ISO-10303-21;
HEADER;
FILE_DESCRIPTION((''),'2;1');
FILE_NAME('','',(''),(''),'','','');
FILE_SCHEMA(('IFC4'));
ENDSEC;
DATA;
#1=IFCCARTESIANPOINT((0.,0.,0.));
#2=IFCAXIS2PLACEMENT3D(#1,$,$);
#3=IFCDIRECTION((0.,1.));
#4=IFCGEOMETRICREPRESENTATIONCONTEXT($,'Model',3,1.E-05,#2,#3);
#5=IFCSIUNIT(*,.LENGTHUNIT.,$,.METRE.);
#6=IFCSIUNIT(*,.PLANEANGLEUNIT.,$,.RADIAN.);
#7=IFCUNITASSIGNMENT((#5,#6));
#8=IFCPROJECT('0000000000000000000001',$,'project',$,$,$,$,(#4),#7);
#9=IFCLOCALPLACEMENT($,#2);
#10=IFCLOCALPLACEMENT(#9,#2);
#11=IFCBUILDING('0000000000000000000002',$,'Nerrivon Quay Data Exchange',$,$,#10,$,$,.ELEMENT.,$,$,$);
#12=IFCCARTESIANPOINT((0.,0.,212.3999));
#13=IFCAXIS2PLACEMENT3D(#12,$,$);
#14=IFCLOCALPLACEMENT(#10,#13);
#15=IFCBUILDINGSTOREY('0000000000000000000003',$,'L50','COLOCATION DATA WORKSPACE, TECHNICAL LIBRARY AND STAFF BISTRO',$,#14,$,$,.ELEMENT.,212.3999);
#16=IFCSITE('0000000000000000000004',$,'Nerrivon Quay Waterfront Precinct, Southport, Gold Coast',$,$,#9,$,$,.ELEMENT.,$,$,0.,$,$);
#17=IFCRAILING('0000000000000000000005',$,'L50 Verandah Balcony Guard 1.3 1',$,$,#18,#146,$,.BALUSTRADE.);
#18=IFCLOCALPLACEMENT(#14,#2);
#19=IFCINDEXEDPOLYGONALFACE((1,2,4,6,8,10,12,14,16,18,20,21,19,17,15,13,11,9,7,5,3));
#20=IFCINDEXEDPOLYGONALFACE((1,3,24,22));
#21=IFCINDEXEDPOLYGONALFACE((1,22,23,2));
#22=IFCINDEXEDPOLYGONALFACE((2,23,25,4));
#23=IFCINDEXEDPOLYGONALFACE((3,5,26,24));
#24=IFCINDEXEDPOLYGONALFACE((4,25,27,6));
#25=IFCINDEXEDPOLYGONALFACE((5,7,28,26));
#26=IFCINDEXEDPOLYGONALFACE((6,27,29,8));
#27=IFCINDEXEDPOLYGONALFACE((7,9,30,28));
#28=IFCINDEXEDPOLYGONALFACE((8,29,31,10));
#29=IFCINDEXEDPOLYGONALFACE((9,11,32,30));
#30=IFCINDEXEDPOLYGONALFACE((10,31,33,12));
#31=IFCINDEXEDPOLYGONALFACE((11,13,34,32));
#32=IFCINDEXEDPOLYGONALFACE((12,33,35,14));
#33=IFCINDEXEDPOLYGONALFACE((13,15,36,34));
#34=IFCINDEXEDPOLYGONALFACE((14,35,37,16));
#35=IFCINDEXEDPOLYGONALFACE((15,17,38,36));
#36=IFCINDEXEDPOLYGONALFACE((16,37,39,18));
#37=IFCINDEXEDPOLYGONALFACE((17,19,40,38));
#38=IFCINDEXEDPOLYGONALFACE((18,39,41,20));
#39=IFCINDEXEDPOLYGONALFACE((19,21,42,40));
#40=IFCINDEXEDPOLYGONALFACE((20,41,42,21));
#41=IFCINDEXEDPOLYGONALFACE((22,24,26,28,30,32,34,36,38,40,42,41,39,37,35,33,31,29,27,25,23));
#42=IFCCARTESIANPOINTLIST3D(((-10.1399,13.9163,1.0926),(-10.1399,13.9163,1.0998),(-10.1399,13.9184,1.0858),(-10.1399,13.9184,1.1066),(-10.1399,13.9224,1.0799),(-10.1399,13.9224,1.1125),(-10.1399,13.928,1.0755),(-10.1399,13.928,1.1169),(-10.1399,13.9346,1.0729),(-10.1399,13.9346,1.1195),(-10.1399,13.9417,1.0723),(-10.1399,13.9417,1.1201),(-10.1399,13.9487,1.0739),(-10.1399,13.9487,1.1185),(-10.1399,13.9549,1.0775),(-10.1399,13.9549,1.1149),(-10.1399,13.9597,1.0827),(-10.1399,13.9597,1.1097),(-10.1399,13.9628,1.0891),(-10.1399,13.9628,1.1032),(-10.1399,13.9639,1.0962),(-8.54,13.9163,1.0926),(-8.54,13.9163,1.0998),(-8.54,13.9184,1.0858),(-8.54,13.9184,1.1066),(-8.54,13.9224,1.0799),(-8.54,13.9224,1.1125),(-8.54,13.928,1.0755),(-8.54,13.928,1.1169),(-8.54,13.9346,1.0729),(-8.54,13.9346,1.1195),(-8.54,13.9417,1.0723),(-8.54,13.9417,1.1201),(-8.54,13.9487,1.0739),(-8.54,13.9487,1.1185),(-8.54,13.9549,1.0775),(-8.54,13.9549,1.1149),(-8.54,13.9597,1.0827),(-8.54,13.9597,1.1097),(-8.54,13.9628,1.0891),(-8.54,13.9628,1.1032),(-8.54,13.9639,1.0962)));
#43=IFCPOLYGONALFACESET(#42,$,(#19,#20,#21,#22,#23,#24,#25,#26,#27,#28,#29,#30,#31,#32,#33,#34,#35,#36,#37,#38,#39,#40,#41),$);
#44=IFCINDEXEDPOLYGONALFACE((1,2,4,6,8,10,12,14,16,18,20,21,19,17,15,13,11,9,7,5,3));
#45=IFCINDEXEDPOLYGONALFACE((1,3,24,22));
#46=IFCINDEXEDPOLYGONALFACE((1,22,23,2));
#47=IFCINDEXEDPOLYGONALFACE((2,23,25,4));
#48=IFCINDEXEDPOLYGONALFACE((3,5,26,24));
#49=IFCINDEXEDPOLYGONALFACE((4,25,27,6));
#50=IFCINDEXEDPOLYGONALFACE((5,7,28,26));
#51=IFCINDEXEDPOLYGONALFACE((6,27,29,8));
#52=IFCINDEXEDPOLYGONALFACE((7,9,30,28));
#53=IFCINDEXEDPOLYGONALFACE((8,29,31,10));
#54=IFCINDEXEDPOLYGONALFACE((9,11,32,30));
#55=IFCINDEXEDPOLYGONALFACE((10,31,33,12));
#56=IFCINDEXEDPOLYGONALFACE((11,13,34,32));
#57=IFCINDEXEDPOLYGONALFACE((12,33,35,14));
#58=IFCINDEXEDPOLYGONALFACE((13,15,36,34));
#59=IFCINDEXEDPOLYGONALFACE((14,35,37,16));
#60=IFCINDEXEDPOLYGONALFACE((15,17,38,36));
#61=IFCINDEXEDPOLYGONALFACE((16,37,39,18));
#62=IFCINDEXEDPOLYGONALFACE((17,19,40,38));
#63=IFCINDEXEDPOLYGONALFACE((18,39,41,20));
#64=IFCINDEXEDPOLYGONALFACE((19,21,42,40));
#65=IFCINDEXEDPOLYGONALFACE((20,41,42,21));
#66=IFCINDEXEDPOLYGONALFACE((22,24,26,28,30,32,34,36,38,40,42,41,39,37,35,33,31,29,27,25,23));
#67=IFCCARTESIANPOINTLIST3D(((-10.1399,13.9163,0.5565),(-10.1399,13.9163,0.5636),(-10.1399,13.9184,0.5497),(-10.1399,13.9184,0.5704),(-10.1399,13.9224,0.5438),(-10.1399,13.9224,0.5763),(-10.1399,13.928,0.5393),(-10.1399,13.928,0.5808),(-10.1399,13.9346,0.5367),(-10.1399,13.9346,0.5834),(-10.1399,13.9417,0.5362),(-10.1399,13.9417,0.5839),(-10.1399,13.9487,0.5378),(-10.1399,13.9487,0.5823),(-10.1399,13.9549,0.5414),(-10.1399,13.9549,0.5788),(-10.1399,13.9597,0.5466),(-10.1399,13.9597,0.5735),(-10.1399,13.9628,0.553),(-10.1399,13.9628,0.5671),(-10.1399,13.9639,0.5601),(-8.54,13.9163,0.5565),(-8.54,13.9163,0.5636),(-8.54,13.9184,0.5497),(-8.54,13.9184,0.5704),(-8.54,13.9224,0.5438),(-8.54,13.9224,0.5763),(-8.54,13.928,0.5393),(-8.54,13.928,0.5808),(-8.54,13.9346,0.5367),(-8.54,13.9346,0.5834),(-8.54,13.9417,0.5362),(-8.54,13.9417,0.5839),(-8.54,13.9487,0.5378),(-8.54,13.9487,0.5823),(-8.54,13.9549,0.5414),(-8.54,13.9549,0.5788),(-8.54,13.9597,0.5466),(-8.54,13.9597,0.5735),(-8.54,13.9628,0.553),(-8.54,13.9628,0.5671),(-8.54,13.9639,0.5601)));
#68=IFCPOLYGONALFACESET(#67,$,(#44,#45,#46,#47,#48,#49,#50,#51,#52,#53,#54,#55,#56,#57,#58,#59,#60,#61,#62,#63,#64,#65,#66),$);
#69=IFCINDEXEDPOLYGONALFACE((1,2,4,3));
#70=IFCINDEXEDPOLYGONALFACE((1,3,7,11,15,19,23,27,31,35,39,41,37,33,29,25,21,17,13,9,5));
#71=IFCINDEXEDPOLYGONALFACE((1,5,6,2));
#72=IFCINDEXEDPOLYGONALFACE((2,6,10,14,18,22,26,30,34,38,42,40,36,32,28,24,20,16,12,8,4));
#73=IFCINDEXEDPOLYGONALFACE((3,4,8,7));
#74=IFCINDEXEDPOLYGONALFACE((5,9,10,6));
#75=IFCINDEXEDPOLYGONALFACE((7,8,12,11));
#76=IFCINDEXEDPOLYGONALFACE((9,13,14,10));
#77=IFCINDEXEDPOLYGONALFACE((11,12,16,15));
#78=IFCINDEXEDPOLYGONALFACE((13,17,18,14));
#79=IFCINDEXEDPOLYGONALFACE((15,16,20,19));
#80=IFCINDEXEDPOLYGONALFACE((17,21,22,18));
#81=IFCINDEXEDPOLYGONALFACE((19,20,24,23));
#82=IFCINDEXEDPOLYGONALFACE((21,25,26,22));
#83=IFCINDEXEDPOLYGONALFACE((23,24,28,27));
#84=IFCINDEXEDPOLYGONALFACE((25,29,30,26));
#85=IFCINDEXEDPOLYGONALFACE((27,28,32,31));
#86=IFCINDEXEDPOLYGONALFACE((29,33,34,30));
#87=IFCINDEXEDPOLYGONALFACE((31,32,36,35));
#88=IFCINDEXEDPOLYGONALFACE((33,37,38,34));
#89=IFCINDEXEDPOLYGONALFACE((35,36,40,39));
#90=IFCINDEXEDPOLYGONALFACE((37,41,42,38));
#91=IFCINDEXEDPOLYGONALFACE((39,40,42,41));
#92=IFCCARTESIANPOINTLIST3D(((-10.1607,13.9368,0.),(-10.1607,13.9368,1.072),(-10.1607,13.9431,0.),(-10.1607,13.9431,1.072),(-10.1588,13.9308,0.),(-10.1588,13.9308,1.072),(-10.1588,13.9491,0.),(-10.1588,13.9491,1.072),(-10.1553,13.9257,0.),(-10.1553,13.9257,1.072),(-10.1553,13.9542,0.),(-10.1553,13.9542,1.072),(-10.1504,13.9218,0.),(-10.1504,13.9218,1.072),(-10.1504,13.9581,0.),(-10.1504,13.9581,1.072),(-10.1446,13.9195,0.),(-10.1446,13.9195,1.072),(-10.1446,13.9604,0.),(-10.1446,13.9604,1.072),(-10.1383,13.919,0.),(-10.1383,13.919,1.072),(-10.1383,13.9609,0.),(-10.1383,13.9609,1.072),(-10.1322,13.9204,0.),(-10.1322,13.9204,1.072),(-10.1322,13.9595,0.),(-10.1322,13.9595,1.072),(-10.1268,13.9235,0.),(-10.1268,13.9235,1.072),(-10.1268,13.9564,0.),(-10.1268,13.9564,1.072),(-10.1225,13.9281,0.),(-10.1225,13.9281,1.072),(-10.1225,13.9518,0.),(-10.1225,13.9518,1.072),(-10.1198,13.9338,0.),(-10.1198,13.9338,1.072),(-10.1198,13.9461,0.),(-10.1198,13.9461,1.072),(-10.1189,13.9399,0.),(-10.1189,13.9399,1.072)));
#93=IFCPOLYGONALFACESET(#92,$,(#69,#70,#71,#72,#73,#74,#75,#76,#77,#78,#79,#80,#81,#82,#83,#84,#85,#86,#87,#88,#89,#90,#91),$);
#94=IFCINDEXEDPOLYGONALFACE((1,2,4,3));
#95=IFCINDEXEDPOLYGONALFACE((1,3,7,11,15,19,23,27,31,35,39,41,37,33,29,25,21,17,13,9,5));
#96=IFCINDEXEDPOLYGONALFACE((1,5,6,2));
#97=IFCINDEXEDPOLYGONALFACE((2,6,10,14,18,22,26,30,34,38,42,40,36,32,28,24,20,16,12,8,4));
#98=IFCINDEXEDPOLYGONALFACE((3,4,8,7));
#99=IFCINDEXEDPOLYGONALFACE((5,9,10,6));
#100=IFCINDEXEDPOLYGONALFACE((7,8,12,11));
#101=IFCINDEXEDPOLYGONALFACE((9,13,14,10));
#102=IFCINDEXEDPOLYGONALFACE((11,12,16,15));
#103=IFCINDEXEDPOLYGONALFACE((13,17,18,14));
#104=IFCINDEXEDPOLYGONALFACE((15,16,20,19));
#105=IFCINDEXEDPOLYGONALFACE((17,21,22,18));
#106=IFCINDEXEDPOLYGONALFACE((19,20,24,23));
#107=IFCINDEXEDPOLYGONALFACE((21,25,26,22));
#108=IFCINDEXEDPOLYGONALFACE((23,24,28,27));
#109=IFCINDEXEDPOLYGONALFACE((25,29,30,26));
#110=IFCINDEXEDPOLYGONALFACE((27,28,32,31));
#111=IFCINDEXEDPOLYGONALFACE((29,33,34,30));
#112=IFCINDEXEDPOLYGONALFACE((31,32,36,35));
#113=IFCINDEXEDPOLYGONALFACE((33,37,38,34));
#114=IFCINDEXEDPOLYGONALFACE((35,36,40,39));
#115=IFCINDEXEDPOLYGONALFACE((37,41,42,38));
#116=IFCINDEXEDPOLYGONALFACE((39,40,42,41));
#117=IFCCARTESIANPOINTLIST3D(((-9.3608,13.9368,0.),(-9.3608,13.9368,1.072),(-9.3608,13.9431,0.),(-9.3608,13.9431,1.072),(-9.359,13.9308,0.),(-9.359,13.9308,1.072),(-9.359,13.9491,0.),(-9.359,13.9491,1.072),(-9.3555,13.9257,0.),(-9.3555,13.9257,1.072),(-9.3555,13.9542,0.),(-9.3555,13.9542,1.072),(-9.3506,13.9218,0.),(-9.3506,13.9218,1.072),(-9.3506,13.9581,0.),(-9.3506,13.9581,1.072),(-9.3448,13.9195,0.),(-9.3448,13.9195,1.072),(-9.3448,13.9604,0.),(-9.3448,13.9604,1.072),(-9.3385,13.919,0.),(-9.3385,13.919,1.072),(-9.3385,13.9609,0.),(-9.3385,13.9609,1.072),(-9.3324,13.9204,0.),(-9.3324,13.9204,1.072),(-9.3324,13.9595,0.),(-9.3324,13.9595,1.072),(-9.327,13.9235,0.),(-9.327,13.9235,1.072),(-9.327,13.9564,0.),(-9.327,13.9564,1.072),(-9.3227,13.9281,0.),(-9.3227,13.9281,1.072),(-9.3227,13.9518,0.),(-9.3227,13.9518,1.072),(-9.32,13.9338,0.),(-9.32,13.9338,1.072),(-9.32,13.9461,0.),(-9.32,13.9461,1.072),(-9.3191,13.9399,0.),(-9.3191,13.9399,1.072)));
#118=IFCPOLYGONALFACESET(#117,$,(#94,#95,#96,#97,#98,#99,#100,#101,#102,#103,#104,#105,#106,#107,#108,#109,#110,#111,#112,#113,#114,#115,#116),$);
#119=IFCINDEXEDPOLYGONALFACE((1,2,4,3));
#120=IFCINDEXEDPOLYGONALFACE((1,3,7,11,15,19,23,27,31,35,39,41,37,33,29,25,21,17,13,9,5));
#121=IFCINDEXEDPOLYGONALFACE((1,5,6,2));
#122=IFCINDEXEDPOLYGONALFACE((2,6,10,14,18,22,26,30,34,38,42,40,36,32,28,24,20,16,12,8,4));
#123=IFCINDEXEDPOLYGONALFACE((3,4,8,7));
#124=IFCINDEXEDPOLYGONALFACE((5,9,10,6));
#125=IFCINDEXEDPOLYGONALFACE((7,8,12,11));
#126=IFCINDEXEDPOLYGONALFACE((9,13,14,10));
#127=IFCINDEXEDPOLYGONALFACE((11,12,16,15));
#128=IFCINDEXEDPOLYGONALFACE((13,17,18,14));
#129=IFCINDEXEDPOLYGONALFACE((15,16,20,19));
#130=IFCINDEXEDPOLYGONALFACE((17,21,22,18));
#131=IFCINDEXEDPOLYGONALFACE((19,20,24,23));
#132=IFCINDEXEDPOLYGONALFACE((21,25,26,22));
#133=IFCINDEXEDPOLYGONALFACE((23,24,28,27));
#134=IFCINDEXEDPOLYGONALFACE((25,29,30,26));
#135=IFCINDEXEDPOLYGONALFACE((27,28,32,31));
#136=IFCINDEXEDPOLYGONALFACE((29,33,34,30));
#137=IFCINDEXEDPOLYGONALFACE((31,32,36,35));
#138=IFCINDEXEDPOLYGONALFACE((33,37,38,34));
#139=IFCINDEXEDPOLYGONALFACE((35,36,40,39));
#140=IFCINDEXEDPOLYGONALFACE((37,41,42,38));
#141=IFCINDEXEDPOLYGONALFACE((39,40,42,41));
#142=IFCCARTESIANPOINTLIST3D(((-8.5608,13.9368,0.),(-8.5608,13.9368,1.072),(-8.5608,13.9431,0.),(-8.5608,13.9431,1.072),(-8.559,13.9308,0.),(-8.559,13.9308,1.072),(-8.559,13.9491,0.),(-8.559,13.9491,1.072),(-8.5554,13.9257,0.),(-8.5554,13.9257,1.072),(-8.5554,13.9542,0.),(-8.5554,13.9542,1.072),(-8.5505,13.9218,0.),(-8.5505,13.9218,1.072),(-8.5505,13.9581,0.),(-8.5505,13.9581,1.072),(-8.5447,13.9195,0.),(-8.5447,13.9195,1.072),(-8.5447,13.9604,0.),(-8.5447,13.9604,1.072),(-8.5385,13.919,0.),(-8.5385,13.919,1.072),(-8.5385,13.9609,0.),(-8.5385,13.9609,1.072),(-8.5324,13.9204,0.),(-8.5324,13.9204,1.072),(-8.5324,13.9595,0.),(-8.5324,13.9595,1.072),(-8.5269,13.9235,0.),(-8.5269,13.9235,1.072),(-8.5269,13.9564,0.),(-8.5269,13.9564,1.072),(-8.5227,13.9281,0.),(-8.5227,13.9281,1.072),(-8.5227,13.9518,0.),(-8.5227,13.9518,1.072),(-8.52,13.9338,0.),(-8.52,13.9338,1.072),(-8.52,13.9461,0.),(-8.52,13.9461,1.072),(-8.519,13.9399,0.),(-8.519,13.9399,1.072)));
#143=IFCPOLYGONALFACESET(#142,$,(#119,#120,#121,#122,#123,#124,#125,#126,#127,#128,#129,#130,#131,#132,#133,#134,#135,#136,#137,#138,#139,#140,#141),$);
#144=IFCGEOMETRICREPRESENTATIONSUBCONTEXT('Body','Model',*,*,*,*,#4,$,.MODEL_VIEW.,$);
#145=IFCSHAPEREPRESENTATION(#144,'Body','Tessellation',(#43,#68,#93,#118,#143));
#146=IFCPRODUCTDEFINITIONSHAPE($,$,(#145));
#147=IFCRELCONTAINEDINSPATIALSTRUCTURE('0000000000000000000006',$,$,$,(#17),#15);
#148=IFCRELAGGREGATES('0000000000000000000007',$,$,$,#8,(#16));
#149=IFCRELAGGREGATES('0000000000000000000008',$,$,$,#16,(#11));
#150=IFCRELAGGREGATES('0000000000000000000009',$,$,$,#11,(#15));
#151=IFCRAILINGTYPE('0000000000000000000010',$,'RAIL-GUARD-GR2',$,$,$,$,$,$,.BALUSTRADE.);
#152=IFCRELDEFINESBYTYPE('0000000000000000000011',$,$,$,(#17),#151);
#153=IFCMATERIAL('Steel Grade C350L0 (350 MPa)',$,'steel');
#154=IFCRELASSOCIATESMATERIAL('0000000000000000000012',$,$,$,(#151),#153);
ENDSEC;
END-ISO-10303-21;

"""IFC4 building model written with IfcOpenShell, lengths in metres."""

from ifc_helpers import new_model, si_unit, direction, frame, origin, origin_2d, place, context, subcontext, project, spatial, circle, extrude, material, type_object, element, save


model = new_model("IFC4")

# Units and contexts
model_context = context("Model", 3, precision=1e-05, world=origin(), true_north=direction((0.0, 1.0)))
body_context = subcontext(model_context, "Body", "Model", "MODEL_VIEW")
ifc_project = project(units=[si_unit("LENGTHUNIT", "METRE"), si_unit("PLANEANGLEUNIT", "RADIAN")], contexts=[model_context])

# Site, building, storey
site_placement = place(None, origin())
site = spatial("IfcSite", under=ifc_project, at=site_placement, Name="Nerrivon Quay Waterfront Precinct, Southport, Gold Coast", CompositionType="ELEMENT", RefElevation=0.0)
building_placement = place(site_placement, origin())
building = spatial("IfcBuilding", under=site, at=building_placement, Name="Nerrivon Quay Data Exchange", CompositionType="ELEMENT")
storey_placement = place(building_placement, frame((0.0, 0.0, 212.3999)))
storey = spatial("IfcBuildingStorey", under=building, at=storey_placement, Name="L50", Description="COLOCATION DATA WORKSPACE, TECHNICAL LIBRARY AND STAFF BISTRO", CompositionType="ELEMENT", Elevation=212.3999)

# Railing
ifc_material_1 = material(Name="Steel Grade C350L0 (350 MPa)", Category="steel")
railing_type = type_object("IfcRailingType", Name="RAIL-GUARD-GR2", PredefinedType="BALUSTRADE", material=ifc_material_1)
railing_1_placement = place(storey_placement, frame((-10.1399, 13.9399, 0.0)))
element("IfcRailing", 1, at=railing_1_placement, inside=storey, type_object=railing_type, Name="L50 Verandah Balcony Guard 1.3 1", PredefinedType="BALUSTRADE", context=body_context, shape_type="SweptSolid", body=[
    extrude(circle(Radius=0.0239, at=origin_2d()), frame((0.0, 0.0, 1.0962), z_axis=(1.0, 0.0, 0.0), x_axis=(0.0, 1.0, 0.0)), (0.0, 0.0, 1.0), 1.5999),
    extrude(circle(Radius=0.0239, at=origin_2d()), frame((0.0, 0.0, 0.5601), z_axis=(1.0, 0.0, 0.0), x_axis=(0.0, 1.0, 0.0)), (0.0, 0.0, 1.0), 1.5999),
    extrude(circle(Radius=0.021, at=origin_2d()), origin(), (0.0, 0.0, 1.0), 1.072),
    extrude(circle(Radius=0.021, at=origin_2d()), frame((0.7998, 0.0, 0.0)), (0.0, 0.0, 1.0), 1.072),
    extrude(circle(Radius=0.021, at=origin_2d()), frame((1.5999, 0.0, 0.0)), (0.0, 0.0, 1.0), 1.072),
])

save(model, "model.ifc")
